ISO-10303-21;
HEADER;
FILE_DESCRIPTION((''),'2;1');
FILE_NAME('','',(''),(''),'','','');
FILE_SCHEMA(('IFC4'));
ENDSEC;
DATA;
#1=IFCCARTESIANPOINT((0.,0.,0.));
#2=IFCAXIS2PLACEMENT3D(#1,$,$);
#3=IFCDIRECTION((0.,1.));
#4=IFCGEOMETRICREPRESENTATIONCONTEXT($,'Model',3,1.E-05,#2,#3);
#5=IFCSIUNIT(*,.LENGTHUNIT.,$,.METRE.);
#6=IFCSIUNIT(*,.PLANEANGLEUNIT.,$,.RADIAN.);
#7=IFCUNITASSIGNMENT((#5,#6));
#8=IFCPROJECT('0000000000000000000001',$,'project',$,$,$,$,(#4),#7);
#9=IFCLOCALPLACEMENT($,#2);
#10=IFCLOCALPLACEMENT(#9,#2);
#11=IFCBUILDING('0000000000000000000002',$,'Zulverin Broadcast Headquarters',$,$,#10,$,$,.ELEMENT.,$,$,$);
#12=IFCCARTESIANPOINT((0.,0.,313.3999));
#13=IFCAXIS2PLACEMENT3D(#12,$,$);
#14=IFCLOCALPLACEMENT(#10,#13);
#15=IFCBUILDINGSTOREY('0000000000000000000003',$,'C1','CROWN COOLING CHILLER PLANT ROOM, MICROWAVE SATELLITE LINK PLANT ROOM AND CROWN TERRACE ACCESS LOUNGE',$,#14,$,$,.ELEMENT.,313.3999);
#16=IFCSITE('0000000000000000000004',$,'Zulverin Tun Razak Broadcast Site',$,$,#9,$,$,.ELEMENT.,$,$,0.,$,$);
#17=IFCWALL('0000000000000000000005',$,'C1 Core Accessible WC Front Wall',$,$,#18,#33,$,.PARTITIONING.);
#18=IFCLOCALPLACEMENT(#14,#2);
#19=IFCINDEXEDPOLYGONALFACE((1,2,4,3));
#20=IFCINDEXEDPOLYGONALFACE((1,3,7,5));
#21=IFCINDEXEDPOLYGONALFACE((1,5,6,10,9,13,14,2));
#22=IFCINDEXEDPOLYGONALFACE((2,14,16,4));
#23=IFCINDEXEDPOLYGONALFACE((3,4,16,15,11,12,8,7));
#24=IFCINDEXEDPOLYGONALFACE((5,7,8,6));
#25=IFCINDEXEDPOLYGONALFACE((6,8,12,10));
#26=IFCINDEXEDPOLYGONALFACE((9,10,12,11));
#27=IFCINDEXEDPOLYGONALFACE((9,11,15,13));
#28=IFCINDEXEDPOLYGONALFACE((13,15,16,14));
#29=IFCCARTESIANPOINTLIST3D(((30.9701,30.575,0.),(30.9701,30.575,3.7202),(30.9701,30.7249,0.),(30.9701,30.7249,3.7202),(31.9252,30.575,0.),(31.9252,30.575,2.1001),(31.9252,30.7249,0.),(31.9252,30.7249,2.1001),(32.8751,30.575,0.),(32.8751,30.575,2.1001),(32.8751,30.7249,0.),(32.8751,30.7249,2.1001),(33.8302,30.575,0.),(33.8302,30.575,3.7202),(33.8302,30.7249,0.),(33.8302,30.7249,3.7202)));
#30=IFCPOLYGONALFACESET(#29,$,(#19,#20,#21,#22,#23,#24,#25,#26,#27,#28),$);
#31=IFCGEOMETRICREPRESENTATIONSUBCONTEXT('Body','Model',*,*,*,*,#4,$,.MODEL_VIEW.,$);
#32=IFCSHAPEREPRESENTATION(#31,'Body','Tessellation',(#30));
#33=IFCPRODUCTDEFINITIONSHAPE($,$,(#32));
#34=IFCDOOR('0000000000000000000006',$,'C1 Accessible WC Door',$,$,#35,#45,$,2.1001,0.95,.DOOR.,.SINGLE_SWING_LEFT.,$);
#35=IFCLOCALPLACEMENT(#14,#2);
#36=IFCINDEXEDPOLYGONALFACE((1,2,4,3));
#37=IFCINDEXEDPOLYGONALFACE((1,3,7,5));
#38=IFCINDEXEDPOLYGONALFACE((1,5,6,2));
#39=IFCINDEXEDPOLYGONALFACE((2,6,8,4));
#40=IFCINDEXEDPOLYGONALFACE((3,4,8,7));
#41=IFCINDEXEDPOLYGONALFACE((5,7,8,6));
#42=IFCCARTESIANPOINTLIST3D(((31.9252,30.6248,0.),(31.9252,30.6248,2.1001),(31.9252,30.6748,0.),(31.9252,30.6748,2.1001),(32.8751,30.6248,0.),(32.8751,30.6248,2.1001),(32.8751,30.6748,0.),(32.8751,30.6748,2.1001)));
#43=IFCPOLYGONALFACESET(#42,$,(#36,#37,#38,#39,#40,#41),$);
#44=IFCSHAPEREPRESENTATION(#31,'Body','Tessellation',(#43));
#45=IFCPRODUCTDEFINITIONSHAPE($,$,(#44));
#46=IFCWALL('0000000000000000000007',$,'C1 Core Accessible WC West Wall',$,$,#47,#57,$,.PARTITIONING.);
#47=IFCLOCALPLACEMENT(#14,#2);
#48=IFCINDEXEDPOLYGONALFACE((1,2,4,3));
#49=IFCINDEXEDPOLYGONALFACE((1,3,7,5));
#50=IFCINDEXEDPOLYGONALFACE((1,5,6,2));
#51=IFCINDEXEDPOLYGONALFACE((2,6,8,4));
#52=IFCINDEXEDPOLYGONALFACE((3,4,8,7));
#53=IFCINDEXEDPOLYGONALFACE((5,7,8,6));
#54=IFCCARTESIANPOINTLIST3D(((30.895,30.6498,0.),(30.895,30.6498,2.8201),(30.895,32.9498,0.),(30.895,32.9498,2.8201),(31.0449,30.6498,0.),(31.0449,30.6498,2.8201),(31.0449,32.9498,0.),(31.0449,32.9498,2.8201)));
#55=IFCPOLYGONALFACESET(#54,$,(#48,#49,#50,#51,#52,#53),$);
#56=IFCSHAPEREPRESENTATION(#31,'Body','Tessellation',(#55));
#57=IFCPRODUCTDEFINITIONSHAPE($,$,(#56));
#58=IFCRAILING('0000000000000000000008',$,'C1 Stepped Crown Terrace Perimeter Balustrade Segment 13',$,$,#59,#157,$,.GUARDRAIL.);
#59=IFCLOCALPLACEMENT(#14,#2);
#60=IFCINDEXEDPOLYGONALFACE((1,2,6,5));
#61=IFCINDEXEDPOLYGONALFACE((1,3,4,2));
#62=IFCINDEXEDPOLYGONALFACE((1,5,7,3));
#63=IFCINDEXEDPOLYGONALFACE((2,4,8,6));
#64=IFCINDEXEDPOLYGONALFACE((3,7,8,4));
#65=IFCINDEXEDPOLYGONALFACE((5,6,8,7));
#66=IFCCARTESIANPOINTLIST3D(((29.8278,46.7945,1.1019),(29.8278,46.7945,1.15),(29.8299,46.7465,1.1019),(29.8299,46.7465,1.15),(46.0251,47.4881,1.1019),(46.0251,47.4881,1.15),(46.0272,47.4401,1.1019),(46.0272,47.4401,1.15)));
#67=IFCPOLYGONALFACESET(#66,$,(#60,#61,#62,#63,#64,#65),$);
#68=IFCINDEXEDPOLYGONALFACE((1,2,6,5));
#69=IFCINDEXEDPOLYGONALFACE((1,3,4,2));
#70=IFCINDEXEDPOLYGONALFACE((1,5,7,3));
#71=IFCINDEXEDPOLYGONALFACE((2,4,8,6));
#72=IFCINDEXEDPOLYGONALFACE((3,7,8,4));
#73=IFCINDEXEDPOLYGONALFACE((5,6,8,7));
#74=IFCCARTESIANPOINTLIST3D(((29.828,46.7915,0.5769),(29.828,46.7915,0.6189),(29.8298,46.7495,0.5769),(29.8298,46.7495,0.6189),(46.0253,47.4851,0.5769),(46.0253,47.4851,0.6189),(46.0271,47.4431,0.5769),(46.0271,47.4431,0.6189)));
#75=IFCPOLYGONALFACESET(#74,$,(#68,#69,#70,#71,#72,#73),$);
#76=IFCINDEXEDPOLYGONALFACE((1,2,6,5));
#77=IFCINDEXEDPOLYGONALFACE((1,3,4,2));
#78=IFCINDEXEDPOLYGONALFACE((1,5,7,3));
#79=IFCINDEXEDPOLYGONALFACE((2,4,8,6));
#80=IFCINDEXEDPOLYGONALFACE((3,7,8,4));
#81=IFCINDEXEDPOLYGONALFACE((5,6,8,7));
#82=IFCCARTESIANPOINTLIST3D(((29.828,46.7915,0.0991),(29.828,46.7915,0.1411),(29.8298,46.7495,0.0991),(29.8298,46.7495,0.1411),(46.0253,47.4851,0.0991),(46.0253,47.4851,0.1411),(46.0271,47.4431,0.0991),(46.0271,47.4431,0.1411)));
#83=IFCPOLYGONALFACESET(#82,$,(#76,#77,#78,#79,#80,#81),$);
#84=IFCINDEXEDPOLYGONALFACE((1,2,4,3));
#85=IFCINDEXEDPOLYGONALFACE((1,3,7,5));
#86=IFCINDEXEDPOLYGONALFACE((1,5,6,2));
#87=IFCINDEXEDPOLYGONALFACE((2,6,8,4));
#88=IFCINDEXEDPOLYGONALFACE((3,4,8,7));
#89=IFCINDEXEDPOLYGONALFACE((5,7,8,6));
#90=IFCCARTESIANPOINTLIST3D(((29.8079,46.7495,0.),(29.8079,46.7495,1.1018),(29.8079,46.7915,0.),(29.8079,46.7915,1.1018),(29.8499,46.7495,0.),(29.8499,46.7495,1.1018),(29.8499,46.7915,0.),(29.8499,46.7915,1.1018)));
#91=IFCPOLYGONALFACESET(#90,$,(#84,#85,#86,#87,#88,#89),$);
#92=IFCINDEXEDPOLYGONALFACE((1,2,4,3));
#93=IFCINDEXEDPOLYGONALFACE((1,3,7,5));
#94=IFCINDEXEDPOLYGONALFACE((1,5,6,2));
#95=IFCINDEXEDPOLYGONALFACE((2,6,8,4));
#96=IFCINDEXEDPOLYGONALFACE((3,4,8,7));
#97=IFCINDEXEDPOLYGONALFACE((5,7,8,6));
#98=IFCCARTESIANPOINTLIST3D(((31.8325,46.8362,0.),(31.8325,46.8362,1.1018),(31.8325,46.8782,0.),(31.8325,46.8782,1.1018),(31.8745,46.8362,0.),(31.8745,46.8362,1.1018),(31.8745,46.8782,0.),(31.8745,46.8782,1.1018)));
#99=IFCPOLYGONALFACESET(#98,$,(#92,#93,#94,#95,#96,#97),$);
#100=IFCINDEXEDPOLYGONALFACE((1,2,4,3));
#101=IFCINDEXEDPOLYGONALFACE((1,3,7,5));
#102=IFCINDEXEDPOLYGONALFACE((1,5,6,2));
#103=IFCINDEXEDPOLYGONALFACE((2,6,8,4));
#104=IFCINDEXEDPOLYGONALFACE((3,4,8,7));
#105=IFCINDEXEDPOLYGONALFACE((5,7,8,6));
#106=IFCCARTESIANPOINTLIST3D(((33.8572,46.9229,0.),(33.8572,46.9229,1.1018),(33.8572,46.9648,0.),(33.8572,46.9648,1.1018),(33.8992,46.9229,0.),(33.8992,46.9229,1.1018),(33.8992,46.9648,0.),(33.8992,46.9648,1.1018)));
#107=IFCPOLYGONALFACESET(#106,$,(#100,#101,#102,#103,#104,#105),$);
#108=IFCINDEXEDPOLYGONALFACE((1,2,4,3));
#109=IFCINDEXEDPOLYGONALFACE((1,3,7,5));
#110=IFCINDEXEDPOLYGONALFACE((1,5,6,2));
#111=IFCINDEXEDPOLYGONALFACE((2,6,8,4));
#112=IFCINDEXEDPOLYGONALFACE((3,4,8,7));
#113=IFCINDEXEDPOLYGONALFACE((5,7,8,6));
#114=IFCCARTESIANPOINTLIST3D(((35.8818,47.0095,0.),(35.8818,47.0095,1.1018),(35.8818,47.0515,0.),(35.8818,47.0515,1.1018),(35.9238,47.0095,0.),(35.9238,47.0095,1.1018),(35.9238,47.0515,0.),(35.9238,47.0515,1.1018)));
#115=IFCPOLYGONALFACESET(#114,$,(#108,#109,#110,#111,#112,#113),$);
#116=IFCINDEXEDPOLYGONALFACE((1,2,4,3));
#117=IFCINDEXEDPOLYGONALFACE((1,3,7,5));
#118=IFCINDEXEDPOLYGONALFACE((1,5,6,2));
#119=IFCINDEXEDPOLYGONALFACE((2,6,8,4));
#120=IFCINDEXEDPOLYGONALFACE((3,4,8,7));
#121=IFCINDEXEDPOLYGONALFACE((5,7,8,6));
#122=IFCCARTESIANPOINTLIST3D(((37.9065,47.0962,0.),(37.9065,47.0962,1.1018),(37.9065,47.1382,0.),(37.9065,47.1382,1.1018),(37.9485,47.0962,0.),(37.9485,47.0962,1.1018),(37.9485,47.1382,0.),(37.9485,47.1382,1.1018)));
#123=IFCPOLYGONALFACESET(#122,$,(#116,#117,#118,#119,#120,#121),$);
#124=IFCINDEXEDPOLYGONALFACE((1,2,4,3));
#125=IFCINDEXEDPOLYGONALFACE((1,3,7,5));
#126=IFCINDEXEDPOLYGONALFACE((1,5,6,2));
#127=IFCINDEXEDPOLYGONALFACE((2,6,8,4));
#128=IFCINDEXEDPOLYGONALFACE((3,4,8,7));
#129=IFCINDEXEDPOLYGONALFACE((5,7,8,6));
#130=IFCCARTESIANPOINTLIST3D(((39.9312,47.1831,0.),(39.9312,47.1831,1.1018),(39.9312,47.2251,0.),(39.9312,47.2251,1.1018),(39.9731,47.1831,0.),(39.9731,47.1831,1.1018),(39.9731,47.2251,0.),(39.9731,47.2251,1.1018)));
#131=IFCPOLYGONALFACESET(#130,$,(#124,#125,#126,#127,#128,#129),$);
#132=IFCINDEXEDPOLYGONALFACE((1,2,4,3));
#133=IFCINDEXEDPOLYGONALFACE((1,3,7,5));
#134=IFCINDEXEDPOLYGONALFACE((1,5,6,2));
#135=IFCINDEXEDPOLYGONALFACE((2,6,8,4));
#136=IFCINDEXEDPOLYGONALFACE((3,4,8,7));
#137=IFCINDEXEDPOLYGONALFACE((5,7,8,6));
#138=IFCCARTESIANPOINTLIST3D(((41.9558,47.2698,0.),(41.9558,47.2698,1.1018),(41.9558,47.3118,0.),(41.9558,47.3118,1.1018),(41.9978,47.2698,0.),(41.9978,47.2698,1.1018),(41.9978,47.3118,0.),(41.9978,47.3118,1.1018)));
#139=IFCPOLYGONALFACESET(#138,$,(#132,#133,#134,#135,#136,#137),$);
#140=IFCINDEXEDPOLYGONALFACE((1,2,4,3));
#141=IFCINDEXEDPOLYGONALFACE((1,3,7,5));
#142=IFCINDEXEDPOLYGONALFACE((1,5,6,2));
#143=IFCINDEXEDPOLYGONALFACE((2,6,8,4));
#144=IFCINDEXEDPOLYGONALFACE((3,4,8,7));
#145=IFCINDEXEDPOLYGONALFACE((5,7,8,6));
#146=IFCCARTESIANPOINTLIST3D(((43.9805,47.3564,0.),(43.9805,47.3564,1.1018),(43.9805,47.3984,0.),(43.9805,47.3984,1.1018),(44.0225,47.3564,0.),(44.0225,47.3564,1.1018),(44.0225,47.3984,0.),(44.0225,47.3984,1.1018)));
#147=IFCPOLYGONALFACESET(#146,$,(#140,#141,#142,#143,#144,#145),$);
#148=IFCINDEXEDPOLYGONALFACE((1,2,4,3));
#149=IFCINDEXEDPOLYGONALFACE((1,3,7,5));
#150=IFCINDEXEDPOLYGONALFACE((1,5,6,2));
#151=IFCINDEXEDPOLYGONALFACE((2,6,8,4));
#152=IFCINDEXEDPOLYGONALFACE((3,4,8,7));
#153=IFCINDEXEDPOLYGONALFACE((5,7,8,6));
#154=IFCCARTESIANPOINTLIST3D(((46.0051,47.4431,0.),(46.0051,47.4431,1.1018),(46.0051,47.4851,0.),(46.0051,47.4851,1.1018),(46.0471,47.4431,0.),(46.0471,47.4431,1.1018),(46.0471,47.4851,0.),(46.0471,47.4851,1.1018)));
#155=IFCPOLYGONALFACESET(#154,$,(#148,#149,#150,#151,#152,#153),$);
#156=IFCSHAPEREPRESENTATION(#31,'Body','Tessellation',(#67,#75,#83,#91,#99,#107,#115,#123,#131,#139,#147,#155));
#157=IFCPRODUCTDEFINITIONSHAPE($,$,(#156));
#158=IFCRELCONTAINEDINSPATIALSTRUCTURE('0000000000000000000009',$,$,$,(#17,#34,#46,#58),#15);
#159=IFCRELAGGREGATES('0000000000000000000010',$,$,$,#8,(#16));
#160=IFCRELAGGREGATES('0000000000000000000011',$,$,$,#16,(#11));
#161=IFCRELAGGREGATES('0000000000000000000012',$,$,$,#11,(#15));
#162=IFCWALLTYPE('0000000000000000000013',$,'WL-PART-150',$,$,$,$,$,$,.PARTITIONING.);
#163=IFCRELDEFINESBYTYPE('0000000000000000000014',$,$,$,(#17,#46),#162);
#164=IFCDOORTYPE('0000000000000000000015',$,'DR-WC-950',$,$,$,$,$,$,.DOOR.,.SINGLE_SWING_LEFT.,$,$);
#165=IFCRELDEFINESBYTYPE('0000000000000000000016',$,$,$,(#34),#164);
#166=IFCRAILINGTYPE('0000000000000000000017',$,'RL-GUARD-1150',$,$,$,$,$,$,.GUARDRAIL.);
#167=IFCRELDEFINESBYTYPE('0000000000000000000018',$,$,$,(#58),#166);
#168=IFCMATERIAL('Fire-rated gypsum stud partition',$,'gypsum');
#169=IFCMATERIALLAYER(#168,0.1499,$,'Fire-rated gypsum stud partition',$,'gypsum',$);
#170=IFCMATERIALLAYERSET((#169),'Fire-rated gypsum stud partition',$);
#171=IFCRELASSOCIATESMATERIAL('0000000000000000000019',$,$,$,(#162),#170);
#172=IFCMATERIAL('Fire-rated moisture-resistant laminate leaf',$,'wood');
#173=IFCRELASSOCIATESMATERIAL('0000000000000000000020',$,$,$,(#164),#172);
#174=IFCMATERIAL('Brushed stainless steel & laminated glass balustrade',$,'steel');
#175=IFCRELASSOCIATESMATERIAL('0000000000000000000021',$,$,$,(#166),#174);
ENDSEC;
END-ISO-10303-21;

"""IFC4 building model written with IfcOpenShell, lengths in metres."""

from ifc_helpers import new_model, si_unit, direction, frame, frame_2d, origin, origin_2d, place, context, subcontext, project, spatial, rectangle, extrude, material, layer, layer_set, type_object, element, fill, save


model = new_model("IFC4")

# Units and contexts
model_context = context("Model", 3, precision=1e-05, world=origin(), true_north=direction((0.0, 1.0)))
body_context = subcontext(model_context, "Body", "Model", "MODEL_VIEW")
ifc_project = project(units=[si_unit("LENGTHUNIT", "METRE"), si_unit("PLANEANGLEUNIT", "RADIAN")], contexts=[model_context])

# Site, building, storey
site_placement = place(None, origin())
site = spatial("IfcSite", under=ifc_project, at=site_placement, Name="Zulverin Tun Razak Broadcast Site", CompositionType="ELEMENT", RefElevation=0.0)
building_placement = place(site_placement, origin())
building = spatial("IfcBuilding", under=site, at=building_placement, Name="Zulverin Broadcast Headquarters", CompositionType="ELEMENT")
storey_placement = place(building_placement, frame((0.0, 0.0, 313.3999)))
storey = spatial("IfcBuildingStorey", under=building, at=storey_placement, Name="C1", Description="CROWN COOLING CHILLER PLANT ROOM, MICROWAVE SATELLITE LINK PLANT ROOM AND CROWN TERRACE ACCESS LOUNGE", CompositionType="ELEMENT", Elevation=313.3999)

# Wall, opening, door
ifc_material_1 = material(Name="Fire-rated gypsum stud partition", Category="gypsum")
ifc_layer_1 = layer(ifc_material_1, 0.1499, Name="Fire-rated gypsum stud partition", Category="gypsum")
ifc_layer_set_1 = layer_set([ifc_layer_1], Name="Fire-rated gypsum stud partition")
wall_type_1 = type_object("IfcWallType", Name="WL-PART-150", PredefinedType="PARTITIONING", material=ifc_layer_set_1)
wall_1_placement = place(storey_placement, frame((30.97, 30.6499, 0.0), z_axis=(0.0, 0.0, 1.0), x_axis=(1.0, 0.0, 0.0)))
wall_1 = element("IfcWall", 1, at=wall_1_placement, inside=storey, type_object=wall_type_1, Name="C1 Core Accessible WC Front Wall", PredefinedType="PARTITIONING", context=body_context, shape_type="SweptSolid", body=[
    extrude(rectangle(XDim=2.8601, YDim=0.1499, at=frame_2d((1.4302, 0.0))), origin(), (0.0, 0.0, 1.0), 3.7202),
])
opening_1_placement = place(wall_1_placement, frame((0.9551, 0.0, 0.0)))
opening_1 = element("IfcOpeningElement", 2, at=opening_1_placement, cuts=wall_1, PredefinedType="OPENING", context=body_context, shape_type="SweptSolid", body=[
    extrude(rectangle(XDim=0.95, YDim=2.1001, at=frame_2d((0.4751, 1.05))), frame((0.0, 0.085, 0.0), z_axis=(0.0, -1.0, 0.0), x_axis=(1.0, 0.0, 0.0)), (0.0, 0.0, 1.0), 0.1699),
])
ifc_material_2 = material(Name="Fire-rated moisture-resistant laminate leaf", Category="wood")
door_type = type_object("IfcDoorType", Name="DR-WC-950", OperationType="SINGLE_SWING_LEFT", PredefinedType="DOOR", material=ifc_material_2)
door_placement = place(opening_1_placement, origin())
door = element("IfcDoor", 3, at=door_placement, inside=storey, type_object=door_type, Name="C1 Accessible WC Door", OperationType="SINGLE_SWING_LEFT", OverallHeight=2.1001, OverallWidth=0.95, PredefinedType="DOOR", context=body_context, shape_type="SweptSolid", body=[
    extrude(rectangle(XDim=0.95, YDim=2.1001, at=frame_2d((0.4751, 1.05))), frame((0.0, 0.0249, 0.0), z_axis=(0.0, -1.0, 0.0), x_axis=(1.0, 0.0, 0.0)), (0.0, 0.0, 1.0), 0.05),
])
fill(opening_1, door)

# Wall
wall_2_placement = place(storey_placement, frame((30.97, 30.6499, 0.0), z_axis=(0.0, 0.0, 1.0), x_axis=(0.0, 1.0, 0.0)))
element("IfcWall", 4, at=wall_2_placement, inside=storey, type_object=wall_type_1, Name="C1 Core Accessible WC West Wall", PredefinedType="PARTITIONING", context=body_context, shape_type="SweptSolid", body=[
    extrude(rectangle(XDim=2.3, YDim=0.1499, at=frame_2d((1.1499, 0.0))), origin(), (0.0, 0.0, 1.0), 2.8201),
])

# Railing
ifc_material_3 = material(Name="Brushed stainless steel & laminated glass balustrade", Category="steel")
railing_type = type_object("IfcRailingType", Name="RL-GUARD-1150", PredefinedType="GUARDRAIL", material=ifc_material_3)
railing_placement = place(storey_placement, frame((29.8289, 46.7705, 0.0)))
element("IfcRailing", 5, at=railing_placement, inside=storey, type_object=railing_type, Name="C1 Stepped Crown Terrace Perimeter Balustrade Segment 13", PredefinedType="GUARDRAIL", context=body_context, shape_type="SweptSolid", body=[
    extrude(rectangle(XDim=0.0481, YDim=0.0481, at=origin_2d()), frame((0.0, 0.0, 1.126), z_axis=(0.999084, 0.042783, 0.0), x_axis=(-0.042783, 0.999084, 0.0)), (0.0, 0.0, 1.0), 16.2122),
    extrude(rectangle(XDim=0.042, YDim=0.042, at=origin_2d()), frame((0.0, 0.0, 0.5979), z_axis=(0.999084, 0.042783, 0.0), x_axis=(-0.042783, 0.999084, 0.0)), (0.0, 0.0, 1.0), 16.2122),
    extrude(rectangle(XDim=0.042, YDim=0.042, at=origin_2d()), frame((0.0, 0.0, 0.1201), z_axis=(0.999084, 0.042783, 0.0), x_axis=(-0.042783, 0.999084, 0.0)), (0.0, 0.0, 1.0), 16.2122),
    extrude(rectangle(XDim=0.042, YDim=0.042, at=origin_2d()), origin(), (0.0, 0.0, 1.0), 1.1018),
    extrude(rectangle(XDim=0.042, YDim=0.042, at=origin_2d()), frame((2.0247, 0.0867, 0.0)), (0.0, 0.0, 1.0), 1.1018),
    extrude(rectangle(XDim=0.042, YDim=0.042, at=origin_2d()), frame((4.0493, 0.1733, 0.0)), (0.0, 0.0, 1.0), 1.1018),
    extrude(rectangle(XDim=0.042, YDim=0.042, at=origin_2d()), frame((6.074, 0.26, 0.0)), (0.0, 0.0, 1.0), 1.1018),
    extrude(rectangle(XDim=0.042, YDim=0.042, at=origin_2d()), frame((8.0986, 0.3467, 0.0)), (0.0, 0.0, 1.0), 1.1018),
    extrude(rectangle(XDim=0.042, YDim=0.042, at=origin_2d()), frame((10.1233, 0.4336, 0.0)), (0.0, 0.0, 1.0), 1.1018),
    extrude(rectangle(XDim=0.042, YDim=0.042, at=origin_2d()), frame((12.1479, 0.5203, 0.0)), (0.0, 0.0, 1.0), 1.1018),
    extrude(rectangle(XDim=0.042, YDim=0.042, at=origin_2d()), frame((14.1726, 0.6069, 0.0)), (0.0, 0.0, 1.0), 1.1018),
    extrude(rectangle(XDim=0.042, YDim=0.042, at=origin_2d()), frame((16.1973, 0.6936, 0.0)), (0.0, 0.0, 1.0), 1.1018),
])

save(model, "model.ifc")
